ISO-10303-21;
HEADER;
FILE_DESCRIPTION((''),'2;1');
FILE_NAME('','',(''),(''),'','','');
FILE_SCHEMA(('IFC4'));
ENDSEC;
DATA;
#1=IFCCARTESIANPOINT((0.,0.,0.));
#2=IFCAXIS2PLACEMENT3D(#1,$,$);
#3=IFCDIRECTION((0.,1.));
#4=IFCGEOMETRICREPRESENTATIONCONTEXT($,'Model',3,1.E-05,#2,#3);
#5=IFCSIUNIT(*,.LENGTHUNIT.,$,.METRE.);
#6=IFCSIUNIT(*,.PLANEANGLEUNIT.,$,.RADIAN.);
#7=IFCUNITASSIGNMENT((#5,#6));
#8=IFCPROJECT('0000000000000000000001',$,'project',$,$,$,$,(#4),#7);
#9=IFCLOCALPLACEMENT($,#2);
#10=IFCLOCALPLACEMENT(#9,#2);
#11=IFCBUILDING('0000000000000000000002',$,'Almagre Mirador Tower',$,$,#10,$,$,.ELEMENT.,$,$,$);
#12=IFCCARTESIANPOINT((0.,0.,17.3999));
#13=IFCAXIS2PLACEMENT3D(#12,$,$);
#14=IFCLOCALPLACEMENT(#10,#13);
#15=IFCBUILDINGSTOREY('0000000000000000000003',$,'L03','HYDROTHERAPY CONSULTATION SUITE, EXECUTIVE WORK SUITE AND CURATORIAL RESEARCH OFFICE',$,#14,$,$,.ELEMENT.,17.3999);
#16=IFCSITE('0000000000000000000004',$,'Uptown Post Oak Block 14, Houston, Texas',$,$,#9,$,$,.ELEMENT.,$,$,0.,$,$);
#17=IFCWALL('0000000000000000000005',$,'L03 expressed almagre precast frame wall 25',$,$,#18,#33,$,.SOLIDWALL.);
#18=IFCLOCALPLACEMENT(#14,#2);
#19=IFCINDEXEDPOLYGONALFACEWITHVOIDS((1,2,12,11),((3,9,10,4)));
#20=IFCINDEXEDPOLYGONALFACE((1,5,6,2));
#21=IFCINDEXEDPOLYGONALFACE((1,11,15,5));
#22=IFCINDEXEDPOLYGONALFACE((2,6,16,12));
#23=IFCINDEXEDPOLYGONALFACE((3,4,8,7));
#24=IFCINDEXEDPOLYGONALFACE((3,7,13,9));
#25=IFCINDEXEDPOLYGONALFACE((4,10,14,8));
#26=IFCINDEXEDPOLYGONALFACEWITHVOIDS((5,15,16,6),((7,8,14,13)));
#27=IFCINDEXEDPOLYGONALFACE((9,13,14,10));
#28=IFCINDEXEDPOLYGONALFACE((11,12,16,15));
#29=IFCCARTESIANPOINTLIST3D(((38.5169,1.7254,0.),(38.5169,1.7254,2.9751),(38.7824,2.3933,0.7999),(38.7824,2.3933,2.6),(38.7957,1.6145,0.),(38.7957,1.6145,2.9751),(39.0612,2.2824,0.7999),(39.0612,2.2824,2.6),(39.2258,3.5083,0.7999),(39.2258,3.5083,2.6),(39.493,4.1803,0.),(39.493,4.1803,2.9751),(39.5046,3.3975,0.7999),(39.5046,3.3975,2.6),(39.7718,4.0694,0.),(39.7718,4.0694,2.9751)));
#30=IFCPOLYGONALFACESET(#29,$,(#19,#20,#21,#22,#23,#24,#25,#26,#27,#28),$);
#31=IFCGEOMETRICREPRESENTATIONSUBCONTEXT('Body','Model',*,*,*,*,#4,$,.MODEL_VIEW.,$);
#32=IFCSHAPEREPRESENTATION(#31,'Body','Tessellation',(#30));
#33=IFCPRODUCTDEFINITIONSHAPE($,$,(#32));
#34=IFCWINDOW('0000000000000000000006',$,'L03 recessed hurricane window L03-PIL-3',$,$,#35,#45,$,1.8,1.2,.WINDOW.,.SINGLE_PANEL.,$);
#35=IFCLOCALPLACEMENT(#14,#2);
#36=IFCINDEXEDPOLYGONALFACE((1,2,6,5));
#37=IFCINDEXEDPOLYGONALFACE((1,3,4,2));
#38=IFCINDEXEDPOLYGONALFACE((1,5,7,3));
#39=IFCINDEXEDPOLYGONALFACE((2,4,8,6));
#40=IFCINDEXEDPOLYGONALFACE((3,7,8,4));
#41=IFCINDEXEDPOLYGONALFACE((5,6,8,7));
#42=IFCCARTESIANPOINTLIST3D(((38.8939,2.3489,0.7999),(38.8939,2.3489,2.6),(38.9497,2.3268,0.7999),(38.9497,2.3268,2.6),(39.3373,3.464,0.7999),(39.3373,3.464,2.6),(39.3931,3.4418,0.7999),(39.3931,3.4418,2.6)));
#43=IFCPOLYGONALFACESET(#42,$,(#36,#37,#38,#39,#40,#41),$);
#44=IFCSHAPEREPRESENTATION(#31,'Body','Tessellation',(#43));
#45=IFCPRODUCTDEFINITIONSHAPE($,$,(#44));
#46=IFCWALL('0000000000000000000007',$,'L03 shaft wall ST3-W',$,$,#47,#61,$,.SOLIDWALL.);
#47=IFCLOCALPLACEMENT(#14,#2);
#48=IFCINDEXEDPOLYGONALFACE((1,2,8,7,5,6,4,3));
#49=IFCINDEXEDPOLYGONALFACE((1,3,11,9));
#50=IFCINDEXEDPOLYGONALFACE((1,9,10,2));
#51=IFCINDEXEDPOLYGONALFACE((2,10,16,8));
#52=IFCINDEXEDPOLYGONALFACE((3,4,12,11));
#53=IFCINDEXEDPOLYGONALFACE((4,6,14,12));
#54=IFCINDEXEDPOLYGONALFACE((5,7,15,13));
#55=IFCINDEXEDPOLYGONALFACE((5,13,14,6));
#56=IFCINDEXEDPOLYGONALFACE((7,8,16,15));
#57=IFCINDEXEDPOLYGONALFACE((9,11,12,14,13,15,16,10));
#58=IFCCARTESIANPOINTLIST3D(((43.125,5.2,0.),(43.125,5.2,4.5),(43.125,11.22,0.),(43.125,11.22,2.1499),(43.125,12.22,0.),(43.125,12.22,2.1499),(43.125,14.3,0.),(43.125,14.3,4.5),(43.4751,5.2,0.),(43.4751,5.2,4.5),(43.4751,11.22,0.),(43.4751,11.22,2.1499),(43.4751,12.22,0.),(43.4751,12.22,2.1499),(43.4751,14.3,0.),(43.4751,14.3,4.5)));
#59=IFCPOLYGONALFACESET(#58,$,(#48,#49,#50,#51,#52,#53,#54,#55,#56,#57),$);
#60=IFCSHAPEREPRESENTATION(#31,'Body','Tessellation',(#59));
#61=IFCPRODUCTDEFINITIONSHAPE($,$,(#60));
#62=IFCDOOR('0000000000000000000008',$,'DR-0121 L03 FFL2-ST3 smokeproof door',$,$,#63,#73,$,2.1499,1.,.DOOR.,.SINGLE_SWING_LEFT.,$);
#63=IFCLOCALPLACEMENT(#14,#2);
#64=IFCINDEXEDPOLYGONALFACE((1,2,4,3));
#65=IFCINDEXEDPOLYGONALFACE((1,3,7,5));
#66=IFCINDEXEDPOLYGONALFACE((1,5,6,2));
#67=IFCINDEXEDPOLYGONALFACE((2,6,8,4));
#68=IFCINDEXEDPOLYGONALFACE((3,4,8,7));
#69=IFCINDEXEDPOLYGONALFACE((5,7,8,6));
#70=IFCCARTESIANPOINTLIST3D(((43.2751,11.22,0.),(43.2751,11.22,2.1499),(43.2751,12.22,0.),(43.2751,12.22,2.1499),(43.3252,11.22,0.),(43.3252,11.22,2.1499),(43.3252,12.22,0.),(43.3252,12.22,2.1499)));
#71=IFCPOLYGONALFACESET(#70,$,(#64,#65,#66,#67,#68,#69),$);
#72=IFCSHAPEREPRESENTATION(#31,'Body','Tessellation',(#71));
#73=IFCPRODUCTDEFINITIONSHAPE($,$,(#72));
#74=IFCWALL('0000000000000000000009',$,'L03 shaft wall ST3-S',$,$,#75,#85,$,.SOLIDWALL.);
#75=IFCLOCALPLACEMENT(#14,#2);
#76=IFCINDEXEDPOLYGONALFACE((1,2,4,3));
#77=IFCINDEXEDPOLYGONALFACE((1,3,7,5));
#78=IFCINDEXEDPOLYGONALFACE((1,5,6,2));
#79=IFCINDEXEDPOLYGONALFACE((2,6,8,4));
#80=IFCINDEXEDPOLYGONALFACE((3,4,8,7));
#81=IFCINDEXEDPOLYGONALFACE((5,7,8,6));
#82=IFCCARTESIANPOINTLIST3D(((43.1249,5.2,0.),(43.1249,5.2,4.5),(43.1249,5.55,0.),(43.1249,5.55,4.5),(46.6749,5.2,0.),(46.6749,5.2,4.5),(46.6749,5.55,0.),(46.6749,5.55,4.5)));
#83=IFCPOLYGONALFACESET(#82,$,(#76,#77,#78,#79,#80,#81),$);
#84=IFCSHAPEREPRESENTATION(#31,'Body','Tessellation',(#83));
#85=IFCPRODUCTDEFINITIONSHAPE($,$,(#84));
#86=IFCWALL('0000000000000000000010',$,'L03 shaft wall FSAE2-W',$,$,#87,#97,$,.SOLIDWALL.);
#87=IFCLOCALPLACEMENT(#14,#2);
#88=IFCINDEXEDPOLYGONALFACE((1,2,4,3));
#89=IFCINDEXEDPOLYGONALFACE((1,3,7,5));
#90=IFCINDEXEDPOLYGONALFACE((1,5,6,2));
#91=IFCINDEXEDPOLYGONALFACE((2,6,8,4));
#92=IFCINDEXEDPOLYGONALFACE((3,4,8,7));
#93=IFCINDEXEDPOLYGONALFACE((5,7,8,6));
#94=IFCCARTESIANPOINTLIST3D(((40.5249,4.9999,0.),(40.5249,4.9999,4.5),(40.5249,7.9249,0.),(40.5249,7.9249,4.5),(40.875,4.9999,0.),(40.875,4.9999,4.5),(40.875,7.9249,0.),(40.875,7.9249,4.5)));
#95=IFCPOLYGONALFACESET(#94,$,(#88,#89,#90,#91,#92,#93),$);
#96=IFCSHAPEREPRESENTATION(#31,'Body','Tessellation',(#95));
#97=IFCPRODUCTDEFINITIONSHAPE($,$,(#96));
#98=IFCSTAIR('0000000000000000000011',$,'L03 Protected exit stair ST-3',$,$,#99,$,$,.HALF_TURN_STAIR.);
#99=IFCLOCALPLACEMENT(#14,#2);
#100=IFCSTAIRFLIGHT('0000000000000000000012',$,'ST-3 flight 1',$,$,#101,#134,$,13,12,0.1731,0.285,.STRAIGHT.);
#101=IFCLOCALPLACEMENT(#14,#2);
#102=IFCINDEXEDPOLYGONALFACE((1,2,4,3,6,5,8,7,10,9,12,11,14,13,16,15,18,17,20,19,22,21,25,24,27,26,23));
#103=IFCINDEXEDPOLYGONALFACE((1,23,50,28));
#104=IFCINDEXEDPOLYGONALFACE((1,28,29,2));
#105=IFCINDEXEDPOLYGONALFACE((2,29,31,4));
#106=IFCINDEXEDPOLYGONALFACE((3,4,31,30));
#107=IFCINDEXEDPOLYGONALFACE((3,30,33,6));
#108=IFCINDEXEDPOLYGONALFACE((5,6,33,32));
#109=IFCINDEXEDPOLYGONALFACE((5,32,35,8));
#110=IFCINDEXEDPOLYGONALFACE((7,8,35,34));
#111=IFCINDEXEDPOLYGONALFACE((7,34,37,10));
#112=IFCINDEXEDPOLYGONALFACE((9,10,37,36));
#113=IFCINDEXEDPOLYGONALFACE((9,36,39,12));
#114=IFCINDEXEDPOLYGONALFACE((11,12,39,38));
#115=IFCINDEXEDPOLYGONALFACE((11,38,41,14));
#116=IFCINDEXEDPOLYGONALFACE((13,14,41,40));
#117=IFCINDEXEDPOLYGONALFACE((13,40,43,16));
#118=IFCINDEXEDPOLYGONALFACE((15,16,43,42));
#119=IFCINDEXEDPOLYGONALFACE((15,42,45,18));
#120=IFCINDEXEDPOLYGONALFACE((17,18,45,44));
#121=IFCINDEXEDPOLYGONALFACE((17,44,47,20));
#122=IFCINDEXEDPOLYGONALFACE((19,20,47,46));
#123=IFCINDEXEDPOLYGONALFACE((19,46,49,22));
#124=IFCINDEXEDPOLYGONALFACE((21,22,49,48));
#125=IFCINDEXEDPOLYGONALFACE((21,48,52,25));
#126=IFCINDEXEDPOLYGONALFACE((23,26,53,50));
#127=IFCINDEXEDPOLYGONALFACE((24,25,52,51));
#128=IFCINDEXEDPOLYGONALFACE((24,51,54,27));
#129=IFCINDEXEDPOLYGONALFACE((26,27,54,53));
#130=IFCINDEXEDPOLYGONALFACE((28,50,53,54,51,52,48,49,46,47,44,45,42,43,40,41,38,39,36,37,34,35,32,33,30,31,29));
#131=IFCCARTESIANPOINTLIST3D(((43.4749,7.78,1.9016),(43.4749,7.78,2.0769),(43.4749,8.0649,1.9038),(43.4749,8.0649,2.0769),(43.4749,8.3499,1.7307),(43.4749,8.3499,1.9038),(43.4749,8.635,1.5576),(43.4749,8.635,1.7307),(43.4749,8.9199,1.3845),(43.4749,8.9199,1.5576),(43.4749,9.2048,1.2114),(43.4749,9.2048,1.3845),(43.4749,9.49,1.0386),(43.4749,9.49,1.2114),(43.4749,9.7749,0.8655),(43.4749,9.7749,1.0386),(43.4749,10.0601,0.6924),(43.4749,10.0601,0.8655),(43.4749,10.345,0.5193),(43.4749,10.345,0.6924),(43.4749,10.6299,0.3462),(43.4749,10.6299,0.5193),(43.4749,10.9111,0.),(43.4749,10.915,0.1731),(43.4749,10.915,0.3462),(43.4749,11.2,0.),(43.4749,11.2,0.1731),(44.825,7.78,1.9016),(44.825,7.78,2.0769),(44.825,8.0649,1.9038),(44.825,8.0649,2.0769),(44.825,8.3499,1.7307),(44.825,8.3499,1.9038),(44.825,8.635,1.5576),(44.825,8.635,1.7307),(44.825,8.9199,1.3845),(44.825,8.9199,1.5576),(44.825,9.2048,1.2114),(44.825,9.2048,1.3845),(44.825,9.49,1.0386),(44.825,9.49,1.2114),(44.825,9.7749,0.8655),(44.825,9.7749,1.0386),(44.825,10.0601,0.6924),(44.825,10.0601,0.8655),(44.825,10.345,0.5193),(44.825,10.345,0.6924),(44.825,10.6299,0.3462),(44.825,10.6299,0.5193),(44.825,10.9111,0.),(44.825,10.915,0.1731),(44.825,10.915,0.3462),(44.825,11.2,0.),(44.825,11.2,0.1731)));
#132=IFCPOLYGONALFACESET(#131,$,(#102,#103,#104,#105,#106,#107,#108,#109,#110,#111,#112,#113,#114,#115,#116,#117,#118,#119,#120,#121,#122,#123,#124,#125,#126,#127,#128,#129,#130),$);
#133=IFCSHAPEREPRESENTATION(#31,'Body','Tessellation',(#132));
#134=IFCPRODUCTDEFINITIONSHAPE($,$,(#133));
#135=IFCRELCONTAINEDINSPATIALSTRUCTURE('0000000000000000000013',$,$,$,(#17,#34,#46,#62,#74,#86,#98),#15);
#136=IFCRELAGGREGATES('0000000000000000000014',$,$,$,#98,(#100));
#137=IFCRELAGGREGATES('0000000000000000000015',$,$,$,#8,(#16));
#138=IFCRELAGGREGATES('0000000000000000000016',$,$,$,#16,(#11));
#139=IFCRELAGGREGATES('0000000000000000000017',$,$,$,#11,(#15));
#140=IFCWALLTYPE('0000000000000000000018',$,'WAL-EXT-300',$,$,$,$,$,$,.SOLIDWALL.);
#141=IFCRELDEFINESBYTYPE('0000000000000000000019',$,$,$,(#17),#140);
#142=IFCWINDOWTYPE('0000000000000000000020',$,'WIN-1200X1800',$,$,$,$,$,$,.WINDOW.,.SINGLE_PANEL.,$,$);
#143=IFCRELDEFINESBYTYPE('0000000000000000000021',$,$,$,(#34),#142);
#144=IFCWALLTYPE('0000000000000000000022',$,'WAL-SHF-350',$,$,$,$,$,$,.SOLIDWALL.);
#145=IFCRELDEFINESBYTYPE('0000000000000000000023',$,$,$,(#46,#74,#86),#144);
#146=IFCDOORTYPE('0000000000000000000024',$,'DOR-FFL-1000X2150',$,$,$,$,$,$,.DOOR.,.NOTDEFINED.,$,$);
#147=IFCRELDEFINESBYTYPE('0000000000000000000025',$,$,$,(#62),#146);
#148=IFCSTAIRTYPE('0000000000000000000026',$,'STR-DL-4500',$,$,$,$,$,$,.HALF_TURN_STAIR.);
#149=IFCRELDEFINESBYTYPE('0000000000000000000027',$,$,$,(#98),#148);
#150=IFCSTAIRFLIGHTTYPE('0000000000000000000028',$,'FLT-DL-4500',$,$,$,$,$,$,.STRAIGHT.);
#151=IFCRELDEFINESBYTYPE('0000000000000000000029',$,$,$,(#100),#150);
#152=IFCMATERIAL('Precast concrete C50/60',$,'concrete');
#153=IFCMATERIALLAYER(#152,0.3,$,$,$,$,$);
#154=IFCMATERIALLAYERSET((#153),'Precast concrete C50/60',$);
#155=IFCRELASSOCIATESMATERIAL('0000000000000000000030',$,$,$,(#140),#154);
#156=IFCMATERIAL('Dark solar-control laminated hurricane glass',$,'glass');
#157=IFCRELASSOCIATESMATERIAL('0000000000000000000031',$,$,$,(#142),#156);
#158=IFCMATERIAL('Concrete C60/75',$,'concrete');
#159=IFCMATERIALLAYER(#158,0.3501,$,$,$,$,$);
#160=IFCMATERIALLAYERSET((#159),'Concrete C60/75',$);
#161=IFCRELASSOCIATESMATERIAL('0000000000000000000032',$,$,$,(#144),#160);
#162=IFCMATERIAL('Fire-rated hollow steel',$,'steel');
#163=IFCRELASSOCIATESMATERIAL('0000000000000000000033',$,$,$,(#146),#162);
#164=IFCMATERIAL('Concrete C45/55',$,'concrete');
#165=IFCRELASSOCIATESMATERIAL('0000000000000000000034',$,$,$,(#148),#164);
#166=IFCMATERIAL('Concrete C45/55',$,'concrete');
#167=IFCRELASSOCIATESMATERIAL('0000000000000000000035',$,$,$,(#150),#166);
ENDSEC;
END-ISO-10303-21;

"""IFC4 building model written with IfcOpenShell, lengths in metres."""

from ifc_helpers import new_model, si_unit, direction, frame, frame_2d, origin, place, context, subcontext, project, spatial, polyline, rectangle, outline, extrude, material, layer, layer_set, type_object, element, fill, aggregate, save


model = new_model("IFC4")

# Units and contexts
model_context = context("Model", 3, precision=1e-05, world=origin(), true_north=direction((0.0, 1.0)))
body_context = subcontext(model_context, "Body", "Model", "MODEL_VIEW")
ifc_project = project(units=[si_unit("LENGTHUNIT", "METRE"), si_unit("PLANEANGLEUNIT", "RADIAN")], contexts=[model_context])

# Site, building, storey
site_placement = place(None, origin())
site = spatial("IfcSite", under=ifc_project, at=site_placement, Name="Uptown Post Oak Block 14, Houston, Texas", CompositionType="ELEMENT", RefElevation=0.0)
building_placement = place(site_placement, origin())
building = spatial("IfcBuilding", under=site, at=building_placement, Name="Almagre Mirador Tower", CompositionType="ELEMENT")
storey_placement = place(building_placement, frame((0.0, 0.0, 17.3999)))
storey = spatial("IfcBuildingStorey", under=building, at=storey_placement, Name="L03", Description="HYDROTHERAPY CONSULTATION SUITE, EXECUTIVE WORK SUITE AND CURATORIAL RESEARCH OFFICE", CompositionType="ELEMENT", Elevation=17.3999)

# Shared definitions
ifc_material_1 = material(Name="Precast concrete C50/60", Category="concrete")
ifc_layer_1 = layer(ifc_material_1, 0.3)
ifc_layer_set_1 = layer_set([ifc_layer_1], Name="Precast concrete C50/60")
wall_type_1 = type_object("IfcWallType", Name="WAL-EXT-300", PredefinedType="SOLIDWALL", material=ifc_layer_set_1)

# Wall, opening, window
wall_1_placement = place(storey_placement, frame((39.6323, 4.1248, 0.0), z_axis=(0.0, 0.0, 1.0), x_axis=(-0.369478, -0.92924, 0.0)))
wall_1 = element("IfcWall", 1, at=wall_1_placement, inside=storey, type_object=wall_type_1, Name="L03 expressed almagre precast frame wall 25", PredefinedType="SOLIDWALL", context=body_context, shape_type="SweptSolid", body=[
    extrude(rectangle(XDim=2.6418, YDim=0.3, at=frame_2d((1.3208, 0.0))), origin(), (0.0, 0.0, 1.0), 2.9751),
])
opening_1_placement = place(wall_1_placement, frame((0.7229, 0.0, 0.8)))
opening_1 = element("IfcOpeningElement", 2, at=opening_1_placement, cuts=wall_1, PredefinedType="OPENING", context=body_context, shape_type="SweptSolid", body=[
    extrude(rectangle(XDim=1.2, YDim=1.8, at=frame_2d((0.6001, 0.8999))), frame((0.0, 0.1599, 0.0), z_axis=(0.0, -1.0, 0.0), x_axis=(1.0, 0.0, 0.0)), (0.0, 0.0, 1.0), 0.32),
])
ifc_material_2 = material(Name="Dark solar-control laminated hurricane glass", Category="glass")
window_type = type_object("IfcWindowType", Name="WIN-1200X1800", PartitioningType="SINGLE_PANEL", PredefinedType="WINDOW", material=ifc_material_2)
window_placement = place(opening_1_placement, origin())
window = element("IfcWindow", 3, at=window_placement, inside=storey, type_object=window_type, Name="L03 recessed hurricane window L03-PIL-3", OverallHeight=1.8, OverallWidth=1.2, PartitioningType="SINGLE_PANEL", PredefinedType="WINDOW", context=body_context, shape_type="SweptSolid", body=[
    extrude(rectangle(XDim=1.2, YDim=1.8, at=frame_2d((0.6001, 0.8999))), frame((0.0, 0.03, 0.0), z_axis=(0.0, -1.0, 0.0), x_axis=(1.0, 0.0, 0.0)), (0.0, 0.0, 1.0), 0.0601),
])
fill(opening_1, window)

# Wall, opening, door
ifc_material_3 = material(Name="Concrete C60/75", Category="concrete")
ifc_layer_2 = layer(ifc_material_3, 0.3501)
ifc_layer_set_2 = layer_set([ifc_layer_2], Name="Concrete C60/75")
wall_type_2 = type_object("IfcWallType", Name="WAL-SHF-350", PredefinedType="SOLIDWALL", material=ifc_layer_set_2)
wall_2_placement = place(storey_placement, frame((43.3, 5.2, 0.0), z_axis=(0.0, 0.0, 1.0), x_axis=(0.0, 1.0, 0.0)))
wall_2 = element("IfcWall", 4, at=wall_2_placement, inside=storey, type_object=wall_type_2, Name="L03 shaft wall ST3-W", PredefinedType="SOLIDWALL", context=body_context, shape_type="SweptSolid", body=[
    extrude(rectangle(XDim=9.1001, YDim=0.3501, at=frame_2d((4.55, 0.0))), origin(), (0.0, 0.0, 1.0), 4.5),
])
opening_2_placement = place(wall_2_placement, frame((6.02, 0.0, 0.0)))
opening_2 = element("IfcOpeningElement", 5, at=opening_2_placement, cuts=wall_2, PredefinedType="OPENING", context=body_context, shape_type="SweptSolid", body=[
    extrude(rectangle(XDim=1.0, YDim=2.1499, at=frame_2d((0.5, 1.075))), frame((0.0, 0.185, 0.0), z_axis=(0.0, -1.0, 0.0), x_axis=(1.0, 0.0, 0.0)), (0.0, 0.0, 1.0), 0.3701),
])
ifc_material_4 = material(Name="Fire-rated hollow steel", Category="steel")
door_type = type_object("IfcDoorType", Name="DOR-FFL-1000X2150", OperationType="NOTDEFINED", PredefinedType="DOOR", material=ifc_material_4)
door_placement = place(opening_2_placement, origin())
door = element("IfcDoor", 6, at=door_placement, inside=storey, type_object=door_type, Name="DR-0121 L03 FFL2-ST3 smokeproof door", OperationType="SINGLE_SWING_LEFT", OverallHeight=2.1499, OverallWidth=1.0, PredefinedType="DOOR", context=body_context, shape_type="SweptSolid", body=[
    extrude(rectangle(XDim=1.0, YDim=2.1499, at=frame_2d((0.5, 1.075))), frame((0.0, 0.0249, 0.0), z_axis=(0.0, -1.0, 0.0), x_axis=(1.0, 0.0, 0.0)), (0.0, 0.0, 1.0), 0.05),
])
fill(opening_2, door)

# Walls
wall_3_placement = place(storey_placement, frame((43.125, 5.375, 0.0), z_axis=(0.0, 0.0, 1.0), x_axis=(1.0, 0.0, 0.0)))
element("IfcWall", 7, at=wall_3_placement, inside=storey, type_object=wall_type_2, Name="L03 shaft wall ST3-S", PredefinedType="SOLIDWALL", context=body_context, shape_type="SweptSolid", body=[
    extrude(rectangle(XDim=3.55, YDim=0.3501, at=frame_2d((1.7749, 0.0))), origin(), (0.0, 0.0, 1.0), 4.5),
])
wall_4_placement = place(storey_placement, frame((40.7, 5.0, 0.0), z_axis=(0.0, 0.0, 1.0), x_axis=(0.0, 1.0, 0.0)))
element("IfcWall", 8, at=wall_4_placement, inside=storey, type_object=wall_type_2, Name="L03 shaft wall FSAE2-W", PredefinedType="SOLIDWALL", context=body_context, shape_type="SweptSolid", body=[
    extrude(rectangle(XDim=2.925, YDim=0.3501, at=frame_2d((1.4624, 0.0))), origin(), (0.0, 0.0, 1.0), 4.5),
])

# Stair, stair flight
ifc_material_5 = material(Name="Concrete C45/55", Category="concrete")
stair_type = type_object("IfcStairType", Name="STR-DL-4500", PredefinedType="HALF_TURN_STAIR", material=ifc_material_5)
stair_placement = place(storey_placement, origin())
stair = element("IfcStair", 9, at=stair_placement, inside=storey, type_object=stair_type, Name="L03 Protected exit stair ST-3", PredefinedType="HALF_TURN_STAIR")
ifc_material_6 = material(Name="Concrete C45/55", Category="concrete")
stair_flight_type = type_object("IfcStairFlightType", Name="FLT-DL-4500", PredefinedType="STRAIGHT", material=ifc_material_6)
stair_flight_placement = place(storey_placement, frame((44.1499, 11.2, 0.0), z_axis=(0.0, 0.0, 1.0), x_axis=(0.0, -1.0, 0.0)))
stair_flight = element("IfcStairFlight", 10, at=stair_flight_placement, type_object=stair_flight_type, Name="ST-3 flight 1", NumberOfRisers=13, NumberOfTreads=12, PredefinedType="STRAIGHT", RiserHeight=0.1731, TreadLength=0.285, context=body_context, shape_type="SweptSolid", body=[
    extrude(outline(polyline([(0.0, 0.0), (0.0, 0.1731), (0.2849, 0.1731), (0.2849, 0.3462), (0.5701, 0.3462), (0.5701, 0.5193), (0.855, 0.5193), (0.855, 0.6924), (1.1399, 0.6924), (1.1399, 0.8655), (1.425, 0.8655), (1.425, 1.0386), (1.71, 1.0386), (1.71, 1.2114), (1.9951, 1.2114), (1.9951, 1.3845), (2.28, 1.3845), (2.28, 1.5576), (2.5649, 1.5576), (2.5649, 1.7307), (2.8501, 1.7307), (2.8501, 1.9038), (3.135, 1.9038), (3.135, 2.0769), (3.4199, 2.0769), (3.4199, 2.25), (3.4199, 1.9016), (0.2888, 0.0), (0.0, 0.0)])), frame((0.0, 0.675, 0.0), z_axis=(0.0, -1.0, 0.0), x_axis=(1.0, 0.0, 0.0)), (0.0, 0.0, 1.0), 1.3501),
])
aggregate(stair, [stair_flight])

save(model, "model.ifc")
